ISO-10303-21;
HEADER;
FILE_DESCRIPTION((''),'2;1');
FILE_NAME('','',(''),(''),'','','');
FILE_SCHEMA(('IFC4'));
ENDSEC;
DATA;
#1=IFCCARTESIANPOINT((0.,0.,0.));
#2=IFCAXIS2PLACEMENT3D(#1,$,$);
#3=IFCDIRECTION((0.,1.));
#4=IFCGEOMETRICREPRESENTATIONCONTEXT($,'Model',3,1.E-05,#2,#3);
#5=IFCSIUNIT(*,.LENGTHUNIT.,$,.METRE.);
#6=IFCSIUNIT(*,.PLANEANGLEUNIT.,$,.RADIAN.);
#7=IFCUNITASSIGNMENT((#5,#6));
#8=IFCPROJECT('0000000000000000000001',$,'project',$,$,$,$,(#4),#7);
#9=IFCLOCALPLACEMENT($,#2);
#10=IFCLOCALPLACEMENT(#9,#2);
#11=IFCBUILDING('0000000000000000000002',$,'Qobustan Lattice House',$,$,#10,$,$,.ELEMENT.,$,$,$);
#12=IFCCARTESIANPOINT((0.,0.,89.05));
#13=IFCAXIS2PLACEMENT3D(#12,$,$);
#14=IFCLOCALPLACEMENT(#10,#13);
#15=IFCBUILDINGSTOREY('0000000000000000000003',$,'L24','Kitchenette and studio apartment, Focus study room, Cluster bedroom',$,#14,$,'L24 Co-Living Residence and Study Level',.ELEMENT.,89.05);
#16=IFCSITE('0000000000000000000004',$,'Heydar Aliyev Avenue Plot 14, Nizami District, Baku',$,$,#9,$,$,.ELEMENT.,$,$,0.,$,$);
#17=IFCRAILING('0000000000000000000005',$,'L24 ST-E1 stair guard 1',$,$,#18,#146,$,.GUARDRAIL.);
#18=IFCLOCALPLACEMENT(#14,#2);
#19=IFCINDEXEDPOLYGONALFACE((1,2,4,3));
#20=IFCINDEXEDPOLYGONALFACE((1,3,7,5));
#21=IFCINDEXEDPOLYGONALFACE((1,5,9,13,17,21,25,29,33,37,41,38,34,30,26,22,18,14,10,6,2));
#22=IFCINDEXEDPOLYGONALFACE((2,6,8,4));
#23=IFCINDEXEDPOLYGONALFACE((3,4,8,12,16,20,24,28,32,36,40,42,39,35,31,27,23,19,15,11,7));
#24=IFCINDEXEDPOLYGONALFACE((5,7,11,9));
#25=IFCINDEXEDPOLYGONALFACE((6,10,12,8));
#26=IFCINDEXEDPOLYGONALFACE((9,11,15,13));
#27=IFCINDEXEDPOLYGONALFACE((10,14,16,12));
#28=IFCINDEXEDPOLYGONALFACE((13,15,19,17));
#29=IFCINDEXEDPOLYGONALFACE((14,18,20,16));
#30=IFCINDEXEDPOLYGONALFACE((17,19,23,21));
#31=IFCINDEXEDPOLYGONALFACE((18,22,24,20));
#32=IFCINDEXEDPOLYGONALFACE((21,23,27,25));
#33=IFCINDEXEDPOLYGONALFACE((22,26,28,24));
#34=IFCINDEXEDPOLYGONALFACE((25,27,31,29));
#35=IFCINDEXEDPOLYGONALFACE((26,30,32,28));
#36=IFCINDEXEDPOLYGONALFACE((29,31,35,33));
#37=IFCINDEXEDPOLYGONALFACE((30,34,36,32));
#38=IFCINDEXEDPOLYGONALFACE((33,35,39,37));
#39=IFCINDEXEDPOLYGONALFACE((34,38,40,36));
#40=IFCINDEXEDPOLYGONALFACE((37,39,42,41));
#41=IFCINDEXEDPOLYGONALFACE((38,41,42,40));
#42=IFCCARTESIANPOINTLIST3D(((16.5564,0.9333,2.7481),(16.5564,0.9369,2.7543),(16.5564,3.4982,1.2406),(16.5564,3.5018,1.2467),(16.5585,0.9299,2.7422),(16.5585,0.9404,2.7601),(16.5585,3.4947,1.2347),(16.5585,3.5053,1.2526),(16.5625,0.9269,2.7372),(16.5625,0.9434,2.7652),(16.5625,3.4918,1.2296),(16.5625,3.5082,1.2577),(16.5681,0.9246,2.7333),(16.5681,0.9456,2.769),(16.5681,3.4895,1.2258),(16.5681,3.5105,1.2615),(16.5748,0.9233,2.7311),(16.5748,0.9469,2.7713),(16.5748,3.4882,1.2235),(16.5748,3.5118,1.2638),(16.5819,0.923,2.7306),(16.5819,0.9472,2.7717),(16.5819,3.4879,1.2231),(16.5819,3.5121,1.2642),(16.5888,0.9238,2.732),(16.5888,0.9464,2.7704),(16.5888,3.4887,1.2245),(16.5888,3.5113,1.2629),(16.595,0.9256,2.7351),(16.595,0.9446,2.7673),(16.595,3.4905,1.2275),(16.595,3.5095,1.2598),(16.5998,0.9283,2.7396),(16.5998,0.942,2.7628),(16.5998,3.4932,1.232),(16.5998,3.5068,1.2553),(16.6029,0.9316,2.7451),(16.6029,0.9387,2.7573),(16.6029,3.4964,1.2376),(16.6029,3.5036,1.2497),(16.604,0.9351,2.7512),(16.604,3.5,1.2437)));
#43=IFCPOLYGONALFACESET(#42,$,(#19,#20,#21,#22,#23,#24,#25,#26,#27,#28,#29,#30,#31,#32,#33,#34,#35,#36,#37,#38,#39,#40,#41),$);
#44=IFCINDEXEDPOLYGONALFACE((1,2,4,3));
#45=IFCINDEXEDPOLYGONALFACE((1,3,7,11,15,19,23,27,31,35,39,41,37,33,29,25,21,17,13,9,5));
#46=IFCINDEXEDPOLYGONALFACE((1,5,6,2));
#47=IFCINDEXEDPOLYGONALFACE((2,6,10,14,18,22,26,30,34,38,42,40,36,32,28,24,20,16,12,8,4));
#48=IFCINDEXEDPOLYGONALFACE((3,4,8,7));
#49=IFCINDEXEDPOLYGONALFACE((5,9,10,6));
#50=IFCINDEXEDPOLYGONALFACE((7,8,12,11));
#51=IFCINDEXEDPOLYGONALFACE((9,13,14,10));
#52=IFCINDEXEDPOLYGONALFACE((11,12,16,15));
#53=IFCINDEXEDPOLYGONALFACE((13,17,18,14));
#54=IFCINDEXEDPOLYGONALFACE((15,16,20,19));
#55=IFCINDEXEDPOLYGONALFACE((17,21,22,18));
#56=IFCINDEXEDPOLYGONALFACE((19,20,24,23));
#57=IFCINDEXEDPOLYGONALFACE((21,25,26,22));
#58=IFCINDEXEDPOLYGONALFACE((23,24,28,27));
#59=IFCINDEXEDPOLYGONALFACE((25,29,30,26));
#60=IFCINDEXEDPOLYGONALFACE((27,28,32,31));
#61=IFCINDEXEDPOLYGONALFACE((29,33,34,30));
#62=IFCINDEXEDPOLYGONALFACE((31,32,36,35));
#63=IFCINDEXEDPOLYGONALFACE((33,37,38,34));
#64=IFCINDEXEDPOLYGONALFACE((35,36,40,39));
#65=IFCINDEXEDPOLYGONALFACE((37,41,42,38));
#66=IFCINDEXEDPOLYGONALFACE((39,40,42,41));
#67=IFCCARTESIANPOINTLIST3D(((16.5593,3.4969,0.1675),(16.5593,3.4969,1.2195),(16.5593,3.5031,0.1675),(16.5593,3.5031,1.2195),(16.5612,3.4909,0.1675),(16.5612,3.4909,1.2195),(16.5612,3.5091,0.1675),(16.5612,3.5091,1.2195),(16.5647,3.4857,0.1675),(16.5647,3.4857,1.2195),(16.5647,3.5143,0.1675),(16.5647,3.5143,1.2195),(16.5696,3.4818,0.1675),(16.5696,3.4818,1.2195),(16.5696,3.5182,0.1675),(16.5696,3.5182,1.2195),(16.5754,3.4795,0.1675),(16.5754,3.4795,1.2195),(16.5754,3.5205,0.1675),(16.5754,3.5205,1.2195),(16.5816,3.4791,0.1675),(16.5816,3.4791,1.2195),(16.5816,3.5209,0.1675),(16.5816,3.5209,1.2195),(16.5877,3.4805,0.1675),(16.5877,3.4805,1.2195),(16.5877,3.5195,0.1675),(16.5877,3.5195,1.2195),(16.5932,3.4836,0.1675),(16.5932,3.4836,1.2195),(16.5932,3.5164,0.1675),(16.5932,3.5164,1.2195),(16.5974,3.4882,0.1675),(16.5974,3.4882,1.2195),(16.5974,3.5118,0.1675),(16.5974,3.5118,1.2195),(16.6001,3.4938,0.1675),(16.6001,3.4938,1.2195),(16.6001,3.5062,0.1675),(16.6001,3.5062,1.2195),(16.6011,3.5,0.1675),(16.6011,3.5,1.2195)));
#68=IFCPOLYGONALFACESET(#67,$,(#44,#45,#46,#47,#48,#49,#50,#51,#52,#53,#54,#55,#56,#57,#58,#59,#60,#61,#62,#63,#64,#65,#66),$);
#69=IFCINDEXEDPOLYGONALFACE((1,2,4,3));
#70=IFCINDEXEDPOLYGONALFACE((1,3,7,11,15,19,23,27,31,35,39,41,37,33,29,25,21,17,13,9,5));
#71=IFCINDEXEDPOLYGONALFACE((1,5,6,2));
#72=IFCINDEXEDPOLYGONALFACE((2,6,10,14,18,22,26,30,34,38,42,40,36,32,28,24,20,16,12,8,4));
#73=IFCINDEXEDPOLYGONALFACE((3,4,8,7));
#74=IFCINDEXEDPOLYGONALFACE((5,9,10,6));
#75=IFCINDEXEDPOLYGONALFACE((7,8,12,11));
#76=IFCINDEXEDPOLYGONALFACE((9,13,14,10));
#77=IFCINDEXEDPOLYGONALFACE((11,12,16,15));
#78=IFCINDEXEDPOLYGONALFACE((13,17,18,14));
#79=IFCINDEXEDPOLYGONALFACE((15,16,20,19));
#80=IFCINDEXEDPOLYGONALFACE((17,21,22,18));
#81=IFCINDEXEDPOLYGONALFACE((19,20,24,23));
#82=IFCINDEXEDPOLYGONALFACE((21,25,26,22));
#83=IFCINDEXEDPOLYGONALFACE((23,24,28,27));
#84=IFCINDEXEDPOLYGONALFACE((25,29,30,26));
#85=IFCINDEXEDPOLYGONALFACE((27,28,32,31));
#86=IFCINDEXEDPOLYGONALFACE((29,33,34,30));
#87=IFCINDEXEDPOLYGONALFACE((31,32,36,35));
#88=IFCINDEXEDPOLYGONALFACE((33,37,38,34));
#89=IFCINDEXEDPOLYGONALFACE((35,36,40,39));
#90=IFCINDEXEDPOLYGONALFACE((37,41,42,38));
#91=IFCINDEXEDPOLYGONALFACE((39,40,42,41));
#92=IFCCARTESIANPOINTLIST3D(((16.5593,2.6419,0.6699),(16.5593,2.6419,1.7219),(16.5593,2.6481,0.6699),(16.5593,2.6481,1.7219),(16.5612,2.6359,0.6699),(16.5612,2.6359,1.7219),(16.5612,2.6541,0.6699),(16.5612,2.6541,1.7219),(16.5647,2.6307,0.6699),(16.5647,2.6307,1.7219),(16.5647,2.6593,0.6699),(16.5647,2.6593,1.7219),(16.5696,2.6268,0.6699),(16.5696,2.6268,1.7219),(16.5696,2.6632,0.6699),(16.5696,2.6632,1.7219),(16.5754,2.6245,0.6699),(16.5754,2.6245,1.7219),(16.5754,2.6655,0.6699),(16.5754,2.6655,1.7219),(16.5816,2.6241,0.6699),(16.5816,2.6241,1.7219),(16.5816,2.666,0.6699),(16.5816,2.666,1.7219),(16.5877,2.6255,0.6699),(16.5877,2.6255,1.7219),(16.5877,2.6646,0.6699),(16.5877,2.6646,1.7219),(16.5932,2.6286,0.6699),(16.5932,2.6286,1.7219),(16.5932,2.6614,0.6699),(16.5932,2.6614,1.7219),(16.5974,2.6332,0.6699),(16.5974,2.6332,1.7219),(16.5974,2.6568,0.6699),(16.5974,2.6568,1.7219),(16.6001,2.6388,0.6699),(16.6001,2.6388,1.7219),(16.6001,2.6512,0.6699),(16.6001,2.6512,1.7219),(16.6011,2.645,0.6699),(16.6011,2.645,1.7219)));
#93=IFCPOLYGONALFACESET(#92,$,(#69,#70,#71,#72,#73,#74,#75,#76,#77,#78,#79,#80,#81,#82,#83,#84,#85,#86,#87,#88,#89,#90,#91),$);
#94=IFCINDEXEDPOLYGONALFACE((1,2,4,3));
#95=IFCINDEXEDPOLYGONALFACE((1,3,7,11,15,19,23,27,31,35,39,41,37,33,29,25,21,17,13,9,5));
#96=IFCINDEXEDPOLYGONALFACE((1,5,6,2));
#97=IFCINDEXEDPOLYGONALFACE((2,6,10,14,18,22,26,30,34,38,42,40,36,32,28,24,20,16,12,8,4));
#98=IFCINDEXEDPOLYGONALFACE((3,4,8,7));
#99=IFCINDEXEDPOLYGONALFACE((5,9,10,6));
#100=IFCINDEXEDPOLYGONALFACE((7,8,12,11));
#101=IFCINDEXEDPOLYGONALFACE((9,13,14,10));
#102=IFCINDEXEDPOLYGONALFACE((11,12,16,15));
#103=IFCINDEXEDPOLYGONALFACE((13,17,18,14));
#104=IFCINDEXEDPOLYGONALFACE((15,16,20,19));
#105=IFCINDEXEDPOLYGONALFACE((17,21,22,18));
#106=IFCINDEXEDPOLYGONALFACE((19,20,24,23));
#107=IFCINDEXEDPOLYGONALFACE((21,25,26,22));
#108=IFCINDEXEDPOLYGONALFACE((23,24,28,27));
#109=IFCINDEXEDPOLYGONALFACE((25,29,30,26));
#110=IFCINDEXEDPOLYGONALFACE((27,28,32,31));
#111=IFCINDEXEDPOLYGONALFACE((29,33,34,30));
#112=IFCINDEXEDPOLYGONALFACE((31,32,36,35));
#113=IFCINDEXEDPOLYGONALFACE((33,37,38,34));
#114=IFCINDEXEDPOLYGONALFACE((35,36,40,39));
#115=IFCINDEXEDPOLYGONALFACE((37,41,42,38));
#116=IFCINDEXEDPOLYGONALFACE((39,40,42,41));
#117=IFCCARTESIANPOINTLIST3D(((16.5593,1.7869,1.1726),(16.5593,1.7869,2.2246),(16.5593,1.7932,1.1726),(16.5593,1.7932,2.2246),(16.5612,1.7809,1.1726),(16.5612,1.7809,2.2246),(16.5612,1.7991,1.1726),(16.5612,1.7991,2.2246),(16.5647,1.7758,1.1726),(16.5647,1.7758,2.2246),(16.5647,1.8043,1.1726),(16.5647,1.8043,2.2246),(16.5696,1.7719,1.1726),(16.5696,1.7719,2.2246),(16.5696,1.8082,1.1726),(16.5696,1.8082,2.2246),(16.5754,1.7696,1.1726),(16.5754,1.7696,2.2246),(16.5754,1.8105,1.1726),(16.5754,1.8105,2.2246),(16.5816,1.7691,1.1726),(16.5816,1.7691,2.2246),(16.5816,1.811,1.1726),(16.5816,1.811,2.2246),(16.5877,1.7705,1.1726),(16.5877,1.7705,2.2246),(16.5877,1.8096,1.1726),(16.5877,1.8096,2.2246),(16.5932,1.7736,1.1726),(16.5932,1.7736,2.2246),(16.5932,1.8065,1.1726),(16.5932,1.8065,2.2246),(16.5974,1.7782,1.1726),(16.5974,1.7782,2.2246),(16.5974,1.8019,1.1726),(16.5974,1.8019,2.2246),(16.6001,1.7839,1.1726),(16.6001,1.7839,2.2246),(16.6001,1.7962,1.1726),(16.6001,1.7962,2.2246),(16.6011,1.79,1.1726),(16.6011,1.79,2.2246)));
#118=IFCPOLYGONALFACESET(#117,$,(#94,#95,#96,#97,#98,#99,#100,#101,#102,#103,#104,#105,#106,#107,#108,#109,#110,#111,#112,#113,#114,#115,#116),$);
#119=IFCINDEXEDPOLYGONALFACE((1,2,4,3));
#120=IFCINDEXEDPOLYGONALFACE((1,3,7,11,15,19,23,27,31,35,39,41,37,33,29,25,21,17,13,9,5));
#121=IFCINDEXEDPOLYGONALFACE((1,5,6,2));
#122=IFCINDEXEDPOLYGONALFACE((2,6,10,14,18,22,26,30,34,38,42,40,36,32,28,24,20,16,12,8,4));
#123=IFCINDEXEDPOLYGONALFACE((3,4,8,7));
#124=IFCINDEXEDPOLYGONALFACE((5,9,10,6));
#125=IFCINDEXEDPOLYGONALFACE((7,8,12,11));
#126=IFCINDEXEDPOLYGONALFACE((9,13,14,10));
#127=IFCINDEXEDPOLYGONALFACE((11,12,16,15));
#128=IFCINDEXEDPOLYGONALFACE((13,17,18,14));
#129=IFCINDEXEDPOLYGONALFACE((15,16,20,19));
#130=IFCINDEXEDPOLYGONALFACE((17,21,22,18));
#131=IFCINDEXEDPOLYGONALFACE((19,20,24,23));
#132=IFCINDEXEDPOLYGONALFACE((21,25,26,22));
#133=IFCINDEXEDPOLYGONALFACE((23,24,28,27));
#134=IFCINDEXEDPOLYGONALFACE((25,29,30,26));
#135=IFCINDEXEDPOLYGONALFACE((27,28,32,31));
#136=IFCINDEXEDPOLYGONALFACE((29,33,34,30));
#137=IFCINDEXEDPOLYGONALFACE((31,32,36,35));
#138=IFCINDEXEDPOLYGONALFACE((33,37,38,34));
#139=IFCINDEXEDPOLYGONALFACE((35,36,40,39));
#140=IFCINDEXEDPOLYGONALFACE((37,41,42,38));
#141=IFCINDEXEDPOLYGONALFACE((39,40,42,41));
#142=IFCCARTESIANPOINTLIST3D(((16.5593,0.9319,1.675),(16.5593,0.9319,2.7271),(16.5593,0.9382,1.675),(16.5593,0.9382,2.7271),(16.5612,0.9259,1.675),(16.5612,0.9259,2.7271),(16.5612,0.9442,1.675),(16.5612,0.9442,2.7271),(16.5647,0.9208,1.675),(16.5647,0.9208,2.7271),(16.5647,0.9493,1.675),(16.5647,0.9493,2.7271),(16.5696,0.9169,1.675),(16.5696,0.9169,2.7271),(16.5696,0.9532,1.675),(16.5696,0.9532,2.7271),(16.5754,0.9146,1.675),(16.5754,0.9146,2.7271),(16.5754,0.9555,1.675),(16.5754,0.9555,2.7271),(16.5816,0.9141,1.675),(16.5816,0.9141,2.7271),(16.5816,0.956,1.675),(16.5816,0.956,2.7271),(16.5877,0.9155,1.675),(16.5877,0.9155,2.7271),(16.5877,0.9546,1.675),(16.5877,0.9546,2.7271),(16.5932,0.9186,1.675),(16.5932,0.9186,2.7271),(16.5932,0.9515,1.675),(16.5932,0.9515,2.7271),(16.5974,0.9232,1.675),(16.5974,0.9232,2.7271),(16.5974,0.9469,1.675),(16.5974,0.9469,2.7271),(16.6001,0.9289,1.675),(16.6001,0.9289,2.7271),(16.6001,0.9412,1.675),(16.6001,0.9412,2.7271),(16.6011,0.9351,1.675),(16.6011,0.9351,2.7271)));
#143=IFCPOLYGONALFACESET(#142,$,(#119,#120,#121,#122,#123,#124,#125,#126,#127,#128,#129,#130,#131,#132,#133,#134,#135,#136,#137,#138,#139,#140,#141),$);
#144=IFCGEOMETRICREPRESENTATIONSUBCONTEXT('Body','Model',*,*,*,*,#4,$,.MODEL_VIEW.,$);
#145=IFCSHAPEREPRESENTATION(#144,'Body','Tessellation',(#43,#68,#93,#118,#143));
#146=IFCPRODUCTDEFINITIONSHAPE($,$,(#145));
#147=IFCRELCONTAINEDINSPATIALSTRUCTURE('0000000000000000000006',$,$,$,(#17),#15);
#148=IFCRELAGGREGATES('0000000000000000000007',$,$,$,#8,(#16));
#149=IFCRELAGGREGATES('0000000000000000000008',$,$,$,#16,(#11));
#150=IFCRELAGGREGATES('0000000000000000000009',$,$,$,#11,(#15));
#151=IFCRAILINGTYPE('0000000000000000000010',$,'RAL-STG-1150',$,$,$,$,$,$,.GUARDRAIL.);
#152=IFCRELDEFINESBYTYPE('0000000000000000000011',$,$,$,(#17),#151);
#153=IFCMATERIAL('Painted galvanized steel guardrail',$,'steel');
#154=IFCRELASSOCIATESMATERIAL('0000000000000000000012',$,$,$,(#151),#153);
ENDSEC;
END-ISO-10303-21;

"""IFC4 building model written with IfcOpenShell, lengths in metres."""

from ifc_helpers import new_model, si_unit, direction, frame, origin, origin_2d, place, context, subcontext, project, spatial, circle, extrude, material, type_object, element, save


model = new_model("IFC4")

# Units and contexts
model_context = context("Model", 3, precision=1e-05, world=origin(), true_north=direction((0.0, 1.0)))
body_context = subcontext(model_context, "Body", "Model", "MODEL_VIEW")
ifc_project = project(units=[si_unit("LENGTHUNIT", "METRE"), si_unit("PLANEANGLEUNIT", "RADIAN")], contexts=[model_context])

# Site, building, storey
site_placement = place(None, origin())
site = spatial("IfcSite", under=ifc_project, at=site_placement, Name="Heydar Aliyev Avenue Plot 14, Nizami District, Baku", CompositionType="ELEMENT", RefElevation=0.0)
building_placement = place(site_placement, origin())
building = spatial("IfcBuilding", under=site, at=building_placement, Name="Qobustan Lattice House", CompositionType="ELEMENT")
storey_placement = place(building_placement, frame((0.0, 0.0, 89.05)))
storey = spatial("IfcBuildingStorey", under=building, at=storey_placement, Name="L24", Description="Kitchenette and studio apartment, Focus study room, Cluster bedroom", LongName="L24 Co-Living Residence and Study Level", CompositionType="ELEMENT", Elevation=89.05)

# Railing
ifc_material_1 = material(Name="Painted galvanized steel guardrail", Category="steel")
railing_type_1 = type_object("IfcRailingType", Name="RAL-STG-1150", PredefinedType="GUARDRAIL", material=ifc_material_1)
railing_1_placement = place(storey_placement, frame((16.5801, 3.5, 0.1675)))
element("IfcRailing", 1, at=railing_1_placement, inside=storey, type_object=railing_type_1, Name="L24 ST-E1 stair guard 1", PredefinedType="GUARDRAIL", context=body_context, shape_type="SweptSolid", body=[
    extrude(circle(Radius=0.0239, at=origin_2d()), frame((0.0, 0.0, 1.0762), z_axis=(0.0, -0.862113, 0.506715), x_axis=(1.0, 0.0, 0.0)), (0.0, 0.0, 1.0), 2.9751),
    extrude(circle(Radius=0.021, at=origin_2d()), origin(), (0.0, 0.0, 1.0), 1.052),
    extrude(circle(Radius=0.021, at=origin_2d()), frame((0.0, -0.855, 0.5024)), (0.0, 0.0, 1.0), 1.052),
    extrude(circle(Radius=0.021, at=origin_2d()), frame((0.0, -1.71, 1.0051)), (0.0, 0.0, 1.0), 1.052),
    extrude(circle(Radius=0.021, at=origin_2d()), frame((0.0, -2.5649, 1.5076)), (0.0, 0.0, 1.0), 1.052),
])

save(model, "model.ifc")
